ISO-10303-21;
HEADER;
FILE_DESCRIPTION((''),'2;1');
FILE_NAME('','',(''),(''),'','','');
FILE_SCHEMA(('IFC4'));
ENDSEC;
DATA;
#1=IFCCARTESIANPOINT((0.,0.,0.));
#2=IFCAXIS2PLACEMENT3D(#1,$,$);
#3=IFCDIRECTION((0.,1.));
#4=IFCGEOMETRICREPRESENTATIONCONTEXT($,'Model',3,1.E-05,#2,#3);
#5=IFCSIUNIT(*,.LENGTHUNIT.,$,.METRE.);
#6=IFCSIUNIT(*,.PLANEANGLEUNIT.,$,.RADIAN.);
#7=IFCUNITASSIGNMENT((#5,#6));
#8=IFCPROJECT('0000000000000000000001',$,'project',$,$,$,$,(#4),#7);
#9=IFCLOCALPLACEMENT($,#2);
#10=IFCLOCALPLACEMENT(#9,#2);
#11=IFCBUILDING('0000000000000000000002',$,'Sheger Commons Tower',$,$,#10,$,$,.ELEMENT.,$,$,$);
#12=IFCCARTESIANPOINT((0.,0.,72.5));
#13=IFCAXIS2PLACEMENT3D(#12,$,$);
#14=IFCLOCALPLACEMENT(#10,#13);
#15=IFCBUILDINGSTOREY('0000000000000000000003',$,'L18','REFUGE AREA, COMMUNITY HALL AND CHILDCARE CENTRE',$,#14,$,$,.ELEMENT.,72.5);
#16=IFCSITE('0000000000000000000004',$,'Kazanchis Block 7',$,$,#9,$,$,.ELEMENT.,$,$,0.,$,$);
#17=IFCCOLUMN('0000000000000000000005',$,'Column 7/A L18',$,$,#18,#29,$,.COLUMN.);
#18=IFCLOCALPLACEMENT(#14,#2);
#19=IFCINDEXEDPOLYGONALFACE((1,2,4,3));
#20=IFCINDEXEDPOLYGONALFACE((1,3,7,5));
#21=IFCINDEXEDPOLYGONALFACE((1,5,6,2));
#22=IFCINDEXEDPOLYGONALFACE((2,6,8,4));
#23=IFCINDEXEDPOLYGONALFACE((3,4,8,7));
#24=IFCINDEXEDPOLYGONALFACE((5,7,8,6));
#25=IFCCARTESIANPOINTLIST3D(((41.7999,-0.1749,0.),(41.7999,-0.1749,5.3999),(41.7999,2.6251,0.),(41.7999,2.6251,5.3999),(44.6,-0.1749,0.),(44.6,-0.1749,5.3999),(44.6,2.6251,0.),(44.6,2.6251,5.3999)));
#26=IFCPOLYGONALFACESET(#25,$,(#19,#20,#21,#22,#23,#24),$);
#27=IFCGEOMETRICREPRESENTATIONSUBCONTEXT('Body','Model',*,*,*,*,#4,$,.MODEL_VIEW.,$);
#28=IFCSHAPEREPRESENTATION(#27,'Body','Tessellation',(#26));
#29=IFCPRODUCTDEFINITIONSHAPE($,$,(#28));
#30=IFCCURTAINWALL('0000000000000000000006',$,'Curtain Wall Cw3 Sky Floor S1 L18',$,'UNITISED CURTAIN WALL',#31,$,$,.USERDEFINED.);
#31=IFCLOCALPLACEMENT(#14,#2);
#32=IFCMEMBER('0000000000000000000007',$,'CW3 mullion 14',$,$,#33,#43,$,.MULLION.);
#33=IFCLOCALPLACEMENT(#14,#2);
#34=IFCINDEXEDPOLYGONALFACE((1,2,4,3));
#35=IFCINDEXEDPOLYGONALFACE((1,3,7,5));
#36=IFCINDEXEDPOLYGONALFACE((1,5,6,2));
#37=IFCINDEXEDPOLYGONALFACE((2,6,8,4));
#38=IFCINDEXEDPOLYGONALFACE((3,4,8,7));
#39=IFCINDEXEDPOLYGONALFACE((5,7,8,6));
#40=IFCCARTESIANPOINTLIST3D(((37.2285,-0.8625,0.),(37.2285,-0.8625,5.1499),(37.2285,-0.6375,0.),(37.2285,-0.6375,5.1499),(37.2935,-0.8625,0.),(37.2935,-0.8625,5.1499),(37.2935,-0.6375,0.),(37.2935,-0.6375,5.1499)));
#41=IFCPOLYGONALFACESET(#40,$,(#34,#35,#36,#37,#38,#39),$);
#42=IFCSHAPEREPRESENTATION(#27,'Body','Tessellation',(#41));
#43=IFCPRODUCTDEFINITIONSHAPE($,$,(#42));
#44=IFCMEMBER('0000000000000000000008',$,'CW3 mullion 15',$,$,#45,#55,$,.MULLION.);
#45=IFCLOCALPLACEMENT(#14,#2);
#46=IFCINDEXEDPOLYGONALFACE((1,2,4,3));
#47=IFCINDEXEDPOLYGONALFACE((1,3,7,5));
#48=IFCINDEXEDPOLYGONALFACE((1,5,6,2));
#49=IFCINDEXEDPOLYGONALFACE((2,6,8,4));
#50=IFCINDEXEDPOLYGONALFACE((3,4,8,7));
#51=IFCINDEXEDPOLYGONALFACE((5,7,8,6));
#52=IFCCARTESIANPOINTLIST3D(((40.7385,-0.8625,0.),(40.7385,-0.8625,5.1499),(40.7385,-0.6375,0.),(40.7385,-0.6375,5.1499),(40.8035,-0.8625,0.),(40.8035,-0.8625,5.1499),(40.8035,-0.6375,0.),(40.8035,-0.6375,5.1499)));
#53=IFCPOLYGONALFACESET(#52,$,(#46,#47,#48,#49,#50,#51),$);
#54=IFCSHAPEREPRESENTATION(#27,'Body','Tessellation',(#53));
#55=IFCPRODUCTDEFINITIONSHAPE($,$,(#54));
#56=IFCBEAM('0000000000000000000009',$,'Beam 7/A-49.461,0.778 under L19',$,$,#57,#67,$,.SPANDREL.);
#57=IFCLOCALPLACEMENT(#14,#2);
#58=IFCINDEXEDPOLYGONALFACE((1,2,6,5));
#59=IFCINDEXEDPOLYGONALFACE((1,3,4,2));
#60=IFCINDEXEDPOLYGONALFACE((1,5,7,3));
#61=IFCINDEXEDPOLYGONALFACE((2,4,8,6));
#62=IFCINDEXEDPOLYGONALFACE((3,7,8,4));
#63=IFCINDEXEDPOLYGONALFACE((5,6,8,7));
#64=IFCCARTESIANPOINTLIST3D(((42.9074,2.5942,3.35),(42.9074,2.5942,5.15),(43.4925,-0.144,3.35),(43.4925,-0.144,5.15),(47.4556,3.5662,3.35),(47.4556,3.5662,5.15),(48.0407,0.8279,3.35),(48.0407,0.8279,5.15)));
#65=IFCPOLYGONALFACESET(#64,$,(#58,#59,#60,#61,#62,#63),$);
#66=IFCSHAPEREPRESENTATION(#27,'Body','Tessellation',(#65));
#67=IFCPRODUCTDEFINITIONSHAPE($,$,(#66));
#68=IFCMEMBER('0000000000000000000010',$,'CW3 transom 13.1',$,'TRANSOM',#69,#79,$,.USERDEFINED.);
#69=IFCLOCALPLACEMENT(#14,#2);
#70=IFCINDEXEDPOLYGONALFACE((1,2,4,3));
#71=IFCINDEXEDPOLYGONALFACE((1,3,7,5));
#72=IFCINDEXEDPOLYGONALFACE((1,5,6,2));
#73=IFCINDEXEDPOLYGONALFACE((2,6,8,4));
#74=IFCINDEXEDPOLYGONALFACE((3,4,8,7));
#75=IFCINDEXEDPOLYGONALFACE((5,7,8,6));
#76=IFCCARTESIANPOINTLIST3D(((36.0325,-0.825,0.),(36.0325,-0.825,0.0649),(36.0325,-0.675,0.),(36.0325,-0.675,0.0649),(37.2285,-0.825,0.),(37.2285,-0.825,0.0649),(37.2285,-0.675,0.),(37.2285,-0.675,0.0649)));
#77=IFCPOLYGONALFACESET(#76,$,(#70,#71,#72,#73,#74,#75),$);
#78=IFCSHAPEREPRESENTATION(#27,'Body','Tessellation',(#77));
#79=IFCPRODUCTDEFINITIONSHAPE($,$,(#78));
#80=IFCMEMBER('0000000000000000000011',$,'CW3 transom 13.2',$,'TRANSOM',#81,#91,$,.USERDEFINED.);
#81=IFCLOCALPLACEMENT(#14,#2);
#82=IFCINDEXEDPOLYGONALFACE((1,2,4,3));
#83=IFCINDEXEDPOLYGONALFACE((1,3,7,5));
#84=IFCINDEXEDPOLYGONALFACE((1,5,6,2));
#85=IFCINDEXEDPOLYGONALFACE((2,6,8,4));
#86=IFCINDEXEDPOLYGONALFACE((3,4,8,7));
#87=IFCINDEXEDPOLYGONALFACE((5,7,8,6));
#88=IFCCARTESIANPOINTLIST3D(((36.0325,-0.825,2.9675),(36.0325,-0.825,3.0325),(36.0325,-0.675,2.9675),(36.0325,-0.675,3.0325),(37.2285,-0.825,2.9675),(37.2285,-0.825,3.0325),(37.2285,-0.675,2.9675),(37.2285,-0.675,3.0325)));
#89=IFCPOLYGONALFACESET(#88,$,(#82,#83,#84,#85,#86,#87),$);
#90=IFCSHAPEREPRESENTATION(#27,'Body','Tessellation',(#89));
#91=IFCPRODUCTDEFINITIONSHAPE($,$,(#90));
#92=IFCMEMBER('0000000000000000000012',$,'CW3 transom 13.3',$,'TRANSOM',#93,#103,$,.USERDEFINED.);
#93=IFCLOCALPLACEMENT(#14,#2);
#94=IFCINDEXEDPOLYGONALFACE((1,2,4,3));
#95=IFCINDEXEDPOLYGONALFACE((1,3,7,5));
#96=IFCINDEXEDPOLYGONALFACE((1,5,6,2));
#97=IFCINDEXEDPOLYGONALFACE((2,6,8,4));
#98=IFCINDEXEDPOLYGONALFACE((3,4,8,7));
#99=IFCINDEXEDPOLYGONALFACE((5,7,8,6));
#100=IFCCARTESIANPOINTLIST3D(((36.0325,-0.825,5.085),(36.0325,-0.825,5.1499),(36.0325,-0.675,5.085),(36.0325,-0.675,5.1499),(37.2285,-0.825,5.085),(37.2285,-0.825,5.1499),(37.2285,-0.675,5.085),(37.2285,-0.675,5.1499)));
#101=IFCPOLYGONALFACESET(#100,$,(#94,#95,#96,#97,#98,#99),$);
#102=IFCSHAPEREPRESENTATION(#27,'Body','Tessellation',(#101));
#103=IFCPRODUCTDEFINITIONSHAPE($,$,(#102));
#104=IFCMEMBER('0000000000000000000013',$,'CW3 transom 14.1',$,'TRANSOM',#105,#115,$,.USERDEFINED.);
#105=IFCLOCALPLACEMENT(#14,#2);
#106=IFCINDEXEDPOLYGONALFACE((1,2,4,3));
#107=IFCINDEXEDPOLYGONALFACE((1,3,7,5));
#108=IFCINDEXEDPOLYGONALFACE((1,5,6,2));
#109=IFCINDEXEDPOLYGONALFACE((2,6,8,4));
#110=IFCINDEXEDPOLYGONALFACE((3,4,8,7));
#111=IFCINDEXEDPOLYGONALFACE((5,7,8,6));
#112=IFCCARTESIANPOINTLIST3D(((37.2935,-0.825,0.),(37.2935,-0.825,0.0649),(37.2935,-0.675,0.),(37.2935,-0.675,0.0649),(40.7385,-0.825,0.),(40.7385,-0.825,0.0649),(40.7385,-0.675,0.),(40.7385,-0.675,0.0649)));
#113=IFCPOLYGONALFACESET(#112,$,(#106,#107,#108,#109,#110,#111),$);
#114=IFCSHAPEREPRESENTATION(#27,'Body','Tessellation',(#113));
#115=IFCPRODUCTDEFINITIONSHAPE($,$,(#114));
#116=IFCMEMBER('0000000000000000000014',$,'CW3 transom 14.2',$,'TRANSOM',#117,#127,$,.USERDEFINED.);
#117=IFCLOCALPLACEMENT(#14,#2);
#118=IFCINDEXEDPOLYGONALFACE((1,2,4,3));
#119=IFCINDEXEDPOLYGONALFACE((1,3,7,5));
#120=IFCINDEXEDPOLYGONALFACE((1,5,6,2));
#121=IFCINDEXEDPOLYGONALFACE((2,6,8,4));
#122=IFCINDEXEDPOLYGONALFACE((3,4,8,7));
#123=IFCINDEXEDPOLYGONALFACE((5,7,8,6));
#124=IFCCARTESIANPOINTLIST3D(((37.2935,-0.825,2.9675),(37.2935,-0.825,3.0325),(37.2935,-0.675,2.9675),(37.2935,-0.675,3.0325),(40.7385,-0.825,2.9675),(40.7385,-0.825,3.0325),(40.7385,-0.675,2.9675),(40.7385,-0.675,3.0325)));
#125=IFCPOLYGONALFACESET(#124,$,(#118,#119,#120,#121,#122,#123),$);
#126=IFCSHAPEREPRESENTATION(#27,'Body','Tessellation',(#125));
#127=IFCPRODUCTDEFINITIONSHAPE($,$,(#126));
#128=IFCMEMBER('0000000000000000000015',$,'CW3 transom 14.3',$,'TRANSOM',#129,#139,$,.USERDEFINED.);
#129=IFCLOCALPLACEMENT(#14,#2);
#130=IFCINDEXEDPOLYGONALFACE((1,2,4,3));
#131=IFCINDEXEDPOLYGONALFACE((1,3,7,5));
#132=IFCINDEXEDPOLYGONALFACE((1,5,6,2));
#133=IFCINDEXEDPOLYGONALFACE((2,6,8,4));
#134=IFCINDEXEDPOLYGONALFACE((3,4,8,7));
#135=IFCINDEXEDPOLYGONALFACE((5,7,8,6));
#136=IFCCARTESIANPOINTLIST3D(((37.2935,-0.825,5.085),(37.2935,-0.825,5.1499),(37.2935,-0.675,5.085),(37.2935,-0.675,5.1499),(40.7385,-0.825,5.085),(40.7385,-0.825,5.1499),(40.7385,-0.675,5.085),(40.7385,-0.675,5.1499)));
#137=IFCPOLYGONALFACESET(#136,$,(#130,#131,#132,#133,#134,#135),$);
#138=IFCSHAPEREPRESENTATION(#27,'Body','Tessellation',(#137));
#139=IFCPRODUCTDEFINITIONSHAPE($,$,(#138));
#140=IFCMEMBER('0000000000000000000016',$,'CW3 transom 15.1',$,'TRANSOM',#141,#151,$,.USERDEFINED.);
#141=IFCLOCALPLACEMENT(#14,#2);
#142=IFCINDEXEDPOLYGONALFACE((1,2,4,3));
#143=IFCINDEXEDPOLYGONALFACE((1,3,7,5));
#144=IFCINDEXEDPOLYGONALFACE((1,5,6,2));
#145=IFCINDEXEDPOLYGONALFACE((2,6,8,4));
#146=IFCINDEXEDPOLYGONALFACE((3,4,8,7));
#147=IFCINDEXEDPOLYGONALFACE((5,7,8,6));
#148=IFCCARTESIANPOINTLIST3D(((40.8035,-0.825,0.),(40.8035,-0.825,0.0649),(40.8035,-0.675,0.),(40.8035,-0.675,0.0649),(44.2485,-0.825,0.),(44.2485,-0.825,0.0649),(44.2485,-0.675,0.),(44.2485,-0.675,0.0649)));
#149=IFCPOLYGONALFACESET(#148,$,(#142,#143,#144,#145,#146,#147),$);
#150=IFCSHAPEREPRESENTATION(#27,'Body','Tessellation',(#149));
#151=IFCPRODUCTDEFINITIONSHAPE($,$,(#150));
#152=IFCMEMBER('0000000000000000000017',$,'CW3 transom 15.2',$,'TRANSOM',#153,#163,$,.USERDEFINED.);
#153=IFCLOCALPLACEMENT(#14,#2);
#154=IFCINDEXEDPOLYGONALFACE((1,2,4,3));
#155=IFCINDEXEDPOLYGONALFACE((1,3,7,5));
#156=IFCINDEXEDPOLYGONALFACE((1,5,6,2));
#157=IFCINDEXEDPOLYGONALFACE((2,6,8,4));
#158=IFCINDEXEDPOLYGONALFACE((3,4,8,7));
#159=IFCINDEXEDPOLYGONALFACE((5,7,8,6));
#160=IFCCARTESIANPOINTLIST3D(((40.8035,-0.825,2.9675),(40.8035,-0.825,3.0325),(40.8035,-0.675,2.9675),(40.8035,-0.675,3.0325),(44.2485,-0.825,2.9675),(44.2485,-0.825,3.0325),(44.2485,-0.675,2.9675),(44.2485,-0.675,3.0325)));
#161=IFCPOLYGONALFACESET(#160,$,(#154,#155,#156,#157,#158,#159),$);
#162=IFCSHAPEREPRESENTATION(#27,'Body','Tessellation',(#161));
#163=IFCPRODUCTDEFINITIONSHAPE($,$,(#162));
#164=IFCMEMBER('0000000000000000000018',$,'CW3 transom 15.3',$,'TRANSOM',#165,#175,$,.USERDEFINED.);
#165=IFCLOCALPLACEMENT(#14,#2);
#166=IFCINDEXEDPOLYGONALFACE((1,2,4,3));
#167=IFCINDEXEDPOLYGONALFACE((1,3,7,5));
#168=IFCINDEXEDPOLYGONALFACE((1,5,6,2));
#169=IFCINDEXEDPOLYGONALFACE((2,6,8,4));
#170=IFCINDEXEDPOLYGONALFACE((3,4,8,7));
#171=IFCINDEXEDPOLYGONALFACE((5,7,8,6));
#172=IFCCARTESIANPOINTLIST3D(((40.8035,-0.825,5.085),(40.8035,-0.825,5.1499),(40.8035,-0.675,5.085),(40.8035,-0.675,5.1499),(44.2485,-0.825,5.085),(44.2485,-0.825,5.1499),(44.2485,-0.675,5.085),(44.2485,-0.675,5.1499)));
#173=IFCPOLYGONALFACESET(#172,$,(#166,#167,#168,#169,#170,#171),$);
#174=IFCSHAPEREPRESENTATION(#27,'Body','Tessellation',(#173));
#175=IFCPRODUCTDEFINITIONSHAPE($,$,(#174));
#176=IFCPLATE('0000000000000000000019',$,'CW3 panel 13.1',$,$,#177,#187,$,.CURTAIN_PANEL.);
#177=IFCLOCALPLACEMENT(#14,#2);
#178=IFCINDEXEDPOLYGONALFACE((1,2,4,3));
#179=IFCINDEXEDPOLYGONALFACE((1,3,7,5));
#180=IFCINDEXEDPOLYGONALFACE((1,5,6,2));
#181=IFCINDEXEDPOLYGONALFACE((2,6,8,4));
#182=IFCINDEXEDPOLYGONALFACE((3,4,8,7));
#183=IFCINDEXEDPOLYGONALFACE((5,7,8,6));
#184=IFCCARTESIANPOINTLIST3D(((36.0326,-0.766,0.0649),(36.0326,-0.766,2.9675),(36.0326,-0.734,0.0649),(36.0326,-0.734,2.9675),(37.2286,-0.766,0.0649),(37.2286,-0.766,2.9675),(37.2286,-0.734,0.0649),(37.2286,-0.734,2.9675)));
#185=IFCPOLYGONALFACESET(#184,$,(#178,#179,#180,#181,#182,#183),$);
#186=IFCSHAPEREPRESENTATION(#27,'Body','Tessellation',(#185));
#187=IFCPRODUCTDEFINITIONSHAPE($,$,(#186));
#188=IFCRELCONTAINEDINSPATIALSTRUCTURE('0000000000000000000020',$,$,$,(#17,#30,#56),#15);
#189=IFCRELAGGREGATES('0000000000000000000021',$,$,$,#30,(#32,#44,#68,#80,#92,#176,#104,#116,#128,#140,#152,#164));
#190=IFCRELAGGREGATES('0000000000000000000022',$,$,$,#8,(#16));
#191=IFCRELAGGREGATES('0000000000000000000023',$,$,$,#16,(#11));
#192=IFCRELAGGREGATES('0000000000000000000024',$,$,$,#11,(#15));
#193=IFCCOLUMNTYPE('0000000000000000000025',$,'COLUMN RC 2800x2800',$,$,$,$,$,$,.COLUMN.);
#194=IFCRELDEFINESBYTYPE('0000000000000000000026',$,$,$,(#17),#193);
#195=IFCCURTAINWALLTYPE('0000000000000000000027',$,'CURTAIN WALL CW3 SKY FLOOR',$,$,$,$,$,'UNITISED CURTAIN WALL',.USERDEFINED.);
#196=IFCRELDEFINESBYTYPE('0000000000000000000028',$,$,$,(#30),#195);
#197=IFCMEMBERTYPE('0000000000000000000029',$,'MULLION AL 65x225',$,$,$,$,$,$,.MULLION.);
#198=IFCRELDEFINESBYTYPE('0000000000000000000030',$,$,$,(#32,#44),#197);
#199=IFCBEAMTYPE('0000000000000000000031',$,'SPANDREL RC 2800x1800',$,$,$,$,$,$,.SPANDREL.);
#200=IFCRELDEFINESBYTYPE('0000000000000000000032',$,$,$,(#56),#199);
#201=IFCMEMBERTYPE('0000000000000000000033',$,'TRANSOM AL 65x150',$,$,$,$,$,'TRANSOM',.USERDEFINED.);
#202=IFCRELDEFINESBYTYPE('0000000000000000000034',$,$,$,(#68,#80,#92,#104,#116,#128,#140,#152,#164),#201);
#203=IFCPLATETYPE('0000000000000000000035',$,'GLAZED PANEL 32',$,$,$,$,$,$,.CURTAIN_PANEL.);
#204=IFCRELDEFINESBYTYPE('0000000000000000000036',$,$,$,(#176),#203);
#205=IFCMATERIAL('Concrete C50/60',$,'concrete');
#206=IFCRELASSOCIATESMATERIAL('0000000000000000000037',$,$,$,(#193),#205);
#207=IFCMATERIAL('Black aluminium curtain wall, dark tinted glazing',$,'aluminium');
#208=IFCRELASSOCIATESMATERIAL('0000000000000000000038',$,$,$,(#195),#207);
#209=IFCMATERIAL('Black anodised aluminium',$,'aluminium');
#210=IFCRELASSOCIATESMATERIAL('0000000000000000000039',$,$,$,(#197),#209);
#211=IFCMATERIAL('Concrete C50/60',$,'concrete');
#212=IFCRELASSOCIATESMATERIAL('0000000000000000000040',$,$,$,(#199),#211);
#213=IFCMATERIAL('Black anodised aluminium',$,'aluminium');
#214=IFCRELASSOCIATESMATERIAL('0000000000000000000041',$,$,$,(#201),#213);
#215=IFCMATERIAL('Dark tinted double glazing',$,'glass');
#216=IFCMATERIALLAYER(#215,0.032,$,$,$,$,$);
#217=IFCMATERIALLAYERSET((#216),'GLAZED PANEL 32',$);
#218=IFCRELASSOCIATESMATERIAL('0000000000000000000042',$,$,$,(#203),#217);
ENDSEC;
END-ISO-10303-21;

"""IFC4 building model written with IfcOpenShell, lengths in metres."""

from ifc_helpers import new_model, si_unit, direction, frame, origin, origin_2d, place, context, subcontext, project, spatial, rectangle, extrude, material, layer, layer_set, material_profile, profile_set, type_object, element, aggregate, save


model = new_model("IFC4")

# Units and contexts
model_context = context("Model", 3, precision=1e-05, world=origin(), true_north=direction((0.0, 1.0)))
body_context = subcontext(model_context, "Body", "Model", "MODEL_VIEW")
ifc_project = project(units=[si_unit("LENGTHUNIT", "METRE"), si_unit("PLANEANGLEUNIT", "RADIAN")], contexts=[model_context])

# Site, building, storey
site_placement = place(None, origin())
site = spatial("IfcSite", under=ifc_project, at=site_placement, Name="Kazanchis Block 7", CompositionType="ELEMENT", RefElevation=0.0)
building_placement = place(site_placement, origin())
building = spatial("IfcBuilding", under=site, at=building_placement, Name="Sheger Commons Tower", CompositionType="ELEMENT")
storey_placement = place(building_placement, frame((0.0, 0.0, 72.5)))
storey = spatial("IfcBuildingStorey", under=building, at=storey_placement, Name="L18", Description="REFUGE AREA, COMMUNITY HALL AND CHILDCARE CENTRE", CompositionType="ELEMENT", Elevation=72.5)

# Column
ifc_material_1 = material(Name="Concrete C50/60", Category="concrete")
ifc_material_profile_1 = material_profile(ifc_material_1, rectangle(XDim=2.8, YDim=2.8, at=origin_2d()), Name="RC 2800x2800")
ifc_profile_set_1 = profile_set([ifc_material_profile_1], Name="Concrete C50/60")
column_type = type_object("IfcColumnType", Name="COLUMN RC 2800x2800", PredefinedType="COLUMN", material=ifc_profile_set_1)
column_placement = place(storey_placement, frame((43.2, 1.2251, 0.0), z_axis=(0.0, 0.0, 1.0), x_axis=(1.0, 0.0, 0.0)))
element("IfcColumn", 1, at=column_placement, inside=storey, type_object=column_type, Name="Column 7/A L18", PredefinedType="COLUMN", context=body_context, shape_type="SweptSolid", body=[
    extrude(rectangle(XDim=2.8, YDim=2.8, at=origin_2d()), origin(), (0.0, 0.0, 1.0), 5.3999),
])

# Curtain wall, members
ifc_material_2 = material(Name="Black aluminium curtain wall, dark tinted glazing", Category="aluminium")
curtain_wall_type = type_object("IfcCurtainWallType", Name="CURTAIN WALL CW3 SKY FLOOR", ElementType="UNITISED CURTAIN WALL", PredefinedType="USERDEFINED", material=ifc_material_2)
curtain_wall_placement = place(storey_placement, origin())
curtain_wall = element("IfcCurtainWall", 2, at=curtain_wall_placement, inside=storey, type_object=curtain_wall_type, Name="Curtain Wall Cw3 Sky Floor S1 L18", ObjectType="UNITISED CURTAIN WALL", PredefinedType="USERDEFINED")
ifc_material_3 = material(Name="Black anodised aluminium", Category="aluminium")
ifc_material_profile_2 = material_profile(ifc_material_3, rectangle(XDim=0.2251, YDim=0.0649, at=origin_2d()), Name="AL 65x225")
ifc_profile_set_2 = profile_set([ifc_material_profile_2], Name="Black anodised aluminium")
member_type_1 = type_object("IfcMemberType", Name="MULLION AL 65x225", PredefinedType="MULLION", material=ifc_profile_set_2)
member_1_placement = place(storey_placement, frame((37.261, -0.75, 0.0), z_axis=(0.0, 0.0, 1.0), x_axis=(0.0, 1.0, 0.0)))
member_1 = element("IfcMember", 3, at=member_1_placement, type_object=member_type_1, Name="CW3 mullion 14", PredefinedType="MULLION", context=body_context, shape_type="SweptSolid", body=[
    extrude(rectangle(XDim=0.2251, YDim=0.0649, at=origin_2d()), origin(), (0.0, 0.0, 1.0), 5.1499),
])
member_2_placement = place(storey_placement, frame((40.771, -0.75, 0.0), z_axis=(0.0, 0.0, 1.0), x_axis=(0.0, 1.0, 0.0)))
member_2 = element("IfcMember", 4, at=member_2_placement, type_object=member_type_1, Name="CW3 mullion 15", PredefinedType="MULLION", context=body_context, shape_type="SweptSolid", body=[
    extrude(rectangle(XDim=0.2251, YDim=0.0649, at=origin_2d()), origin(), (0.0, 0.0, 1.0), 5.1499),
])

# Beam
ifc_material_4 = material(Name="Concrete C50/60", Category="concrete")
ifc_material_profile_3 = material_profile(ifc_material_4, rectangle(XDim=2.8, YDim=1.8, at=origin_2d()), Name="RC 2800x1800")
ifc_profile_set_3 = profile_set([ifc_material_profile_3], Name="Concrete C50/60")
beam_type = type_object("IfcBeamType", Name="SPANDREL RC 2800x1800", PredefinedType="SPANDREL", material=ifc_profile_set_3)
beam_placement = place(storey_placement, frame((43.2, 1.2251, 4.25), z_axis=(0.97792, 0.208981, 0.0), x_axis=(-0.208981, 0.97792, 0.0)))
element("IfcBeam", 5, at=beam_placement, inside=storey, type_object=beam_type, Name="Beam 7/A-49.461,0.778 under L19", PredefinedType="SPANDREL", context=body_context, shape_type="SweptSolid", body=[
    extrude(rectangle(XDim=2.8, YDim=1.8, at=origin_2d()), origin(), (0.0, 0.0, 1.0), 4.6509),
])

# Members
ifc_material_5 = material(Name="Black anodised aluminium", Category="aluminium")
ifc_material_profile_4 = material_profile(ifc_material_5, rectangle(XDim=0.1499, YDim=0.0649, at=origin_2d()), Name="AL 65x150")
ifc_profile_set_4 = profile_set([ifc_material_profile_4], Name="Black anodised aluminium")
member_type_2 = type_object("IfcMemberType", Name="TRANSOM AL 65x150", ElementType="TRANSOM", PredefinedType="USERDEFINED", material=ifc_profile_set_4)
member_3_placement = place(storey_placement, frame((36.0325, -0.75, 0.0325), z_axis=(1.0, 0.0, 0.0), x_axis=(0.0, 1.0, 0.0)))
member_3 = element("IfcMember", 6, at=member_3_placement, type_object=member_type_2, Name="CW3 transom 13.1", ObjectType="TRANSOM", PredefinedType="USERDEFINED", context=body_context, shape_type="SweptSolid", body=[
    extrude(rectangle(XDim=0.1499, YDim=0.0649, at=origin_2d()), origin(), (0.0, 0.0, 1.0), 1.196),
])
member_4_placement = place(storey_placement, frame((36.0325, -0.75, 3.0), z_axis=(1.0, 0.0, 0.0), x_axis=(0.0, 1.0, 0.0)))
member_4 = element("IfcMember", 7, at=member_4_placement, type_object=member_type_2, Name="CW3 transom 13.2", ObjectType="TRANSOM", PredefinedType="USERDEFINED", context=body_context, shape_type="SweptSolid", body=[
    extrude(rectangle(XDim=0.1499, YDim=0.0649, at=origin_2d()), origin(), (0.0, 0.0, 1.0), 1.196),
])
member_5_placement = place(storey_placement, frame((36.0325, -0.75, 5.1174), z_axis=(1.0, 0.0, 0.0), x_axis=(0.0, 1.0, 0.0)))
member_5 = element("IfcMember", 8, at=member_5_placement, type_object=member_type_2, Name="CW3 transom 13.3", ObjectType="TRANSOM", PredefinedType="USERDEFINED", context=body_context, shape_type="SweptSolid", body=[
    extrude(rectangle(XDim=0.1499, YDim=0.0649, at=origin_2d()), origin(), (0.0, 0.0, 1.0), 1.196),
])
member_6_placement = place(storey_placement, frame((37.2935, -0.75, 0.0325), z_axis=(1.0, 0.0, 0.0), x_axis=(0.0, 1.0, 0.0)))
member_6 = element("IfcMember", 9, at=member_6_placement, type_object=member_type_2, Name="CW3 transom 14.1", ObjectType="TRANSOM", PredefinedType="USERDEFINED", context=body_context, shape_type="SweptSolid", body=[
    extrude(rectangle(XDim=0.1499, YDim=0.0649, at=origin_2d()), origin(), (0.0, 0.0, 1.0), 3.4451),
])
member_7_placement = place(storey_placement, frame((37.2935, -0.75, 3.0), z_axis=(1.0, 0.0, 0.0), x_axis=(0.0, 1.0, 0.0)))
member_7 = element("IfcMember", 10, at=member_7_placement, type_object=member_type_2, Name="CW3 transom 14.2", ObjectType="TRANSOM", PredefinedType="USERDEFINED", context=body_context, shape_type="SweptSolid", body=[
    extrude(rectangle(XDim=0.1499, YDim=0.0649, at=origin_2d()), origin(), (0.0, 0.0, 1.0), 3.4451),
])
member_8_placement = place(storey_placement, frame((37.2935, -0.75, 5.1174), z_axis=(1.0, 0.0, 0.0), x_axis=(0.0, 1.0, 0.0)))
member_8 = element("IfcMember", 11, at=member_8_placement, type_object=member_type_2, Name="CW3 transom 14.3", ObjectType="TRANSOM", PredefinedType="USERDEFINED", context=body_context, shape_type="SweptSolid", body=[
    extrude(rectangle(XDim=0.1499, YDim=0.0649, at=origin_2d()), origin(), (0.0, 0.0, 1.0), 3.4451),
])
member_9_placement = place(storey_placement, frame((40.8035, -0.75, 0.0325), z_axis=(1.0, 0.0, 0.0), x_axis=(0.0, 1.0, 0.0)))
member_9 = element("IfcMember", 12, at=member_9_placement, type_object=member_type_2, Name="CW3 transom 15.1", ObjectType="TRANSOM", PredefinedType="USERDEFINED", context=body_context, shape_type="SweptSolid", body=[
    extrude(rectangle(XDim=0.1499, YDim=0.0649, at=origin_2d()), origin(), (0.0, 0.0, 1.0), 3.4451),
])
member_10_placement = place(storey_placement, frame((40.8035, -0.75, 3.0), z_axis=(1.0, 0.0, 0.0), x_axis=(0.0, 1.0, 0.0)))
member_10 = element("IfcMember", 13, at=member_10_placement, type_object=member_type_2, Name="CW3 transom 15.2", ObjectType="TRANSOM", PredefinedType="USERDEFINED", context=body_context, shape_type="SweptSolid", body=[
    extrude(rectangle(XDim=0.1499, YDim=0.0649, at=origin_2d()), origin(), (0.0, 0.0, 1.0), 3.4451),
])
member_11_placement = place(storey_placement, frame((40.8035, -0.75, 5.1174), z_axis=(1.0, 0.0, 0.0), x_axis=(0.0, 1.0, 0.0)))
member_11 = element("IfcMember", 14, at=member_11_placement, type_object=member_type_2, Name="CW3 transom 15.3", ObjectType="TRANSOM", PredefinedType="USERDEFINED", context=body_context, shape_type="SweptSolid", body=[
    extrude(rectangle(XDim=0.1499, YDim=0.0649, at=origin_2d()), origin(), (0.0, 0.0, 1.0), 3.4451),
])

# Plate
ifc_material_6 = material(Name="Dark tinted double glazing", Category="glass")
ifc_layer_1 = layer(ifc_material_6, 0.032)
ifc_layer_set_1 = layer_set([ifc_layer_1], Name="GLAZED PANEL 32")
plate_type_1 = type_object("IfcPlateType", Name="GLAZED PANEL 32", PredefinedType="CURTAIN_PANEL", material=ifc_layer_set_1)
plate_1_placement = place(storey_placement, frame((36.6306, -0.75, 0.0649), z_axis=(0.0, 0.0, 1.0), x_axis=(1.0, 0.0, 0.0)))
plate_1 = element("IfcPlate", 15, at=plate_1_placement, type_object=plate_type_1, Name="CW3 panel 13.1", PredefinedType="CURTAIN_PANEL", context=body_context, shape_type="SweptSolid", body=[
    extrude(rectangle(XDim=1.196, YDim=0.032, at=origin_2d()), origin(), (0.0, 0.0, 1.0), 2.9026),
])
aggregate(curtain_wall, [member_1, member_2, member_3, member_4, member_5, plate_1, member_6, member_7, member_8, member_9, member_10, member_11])

save(model, "model.ifc")
